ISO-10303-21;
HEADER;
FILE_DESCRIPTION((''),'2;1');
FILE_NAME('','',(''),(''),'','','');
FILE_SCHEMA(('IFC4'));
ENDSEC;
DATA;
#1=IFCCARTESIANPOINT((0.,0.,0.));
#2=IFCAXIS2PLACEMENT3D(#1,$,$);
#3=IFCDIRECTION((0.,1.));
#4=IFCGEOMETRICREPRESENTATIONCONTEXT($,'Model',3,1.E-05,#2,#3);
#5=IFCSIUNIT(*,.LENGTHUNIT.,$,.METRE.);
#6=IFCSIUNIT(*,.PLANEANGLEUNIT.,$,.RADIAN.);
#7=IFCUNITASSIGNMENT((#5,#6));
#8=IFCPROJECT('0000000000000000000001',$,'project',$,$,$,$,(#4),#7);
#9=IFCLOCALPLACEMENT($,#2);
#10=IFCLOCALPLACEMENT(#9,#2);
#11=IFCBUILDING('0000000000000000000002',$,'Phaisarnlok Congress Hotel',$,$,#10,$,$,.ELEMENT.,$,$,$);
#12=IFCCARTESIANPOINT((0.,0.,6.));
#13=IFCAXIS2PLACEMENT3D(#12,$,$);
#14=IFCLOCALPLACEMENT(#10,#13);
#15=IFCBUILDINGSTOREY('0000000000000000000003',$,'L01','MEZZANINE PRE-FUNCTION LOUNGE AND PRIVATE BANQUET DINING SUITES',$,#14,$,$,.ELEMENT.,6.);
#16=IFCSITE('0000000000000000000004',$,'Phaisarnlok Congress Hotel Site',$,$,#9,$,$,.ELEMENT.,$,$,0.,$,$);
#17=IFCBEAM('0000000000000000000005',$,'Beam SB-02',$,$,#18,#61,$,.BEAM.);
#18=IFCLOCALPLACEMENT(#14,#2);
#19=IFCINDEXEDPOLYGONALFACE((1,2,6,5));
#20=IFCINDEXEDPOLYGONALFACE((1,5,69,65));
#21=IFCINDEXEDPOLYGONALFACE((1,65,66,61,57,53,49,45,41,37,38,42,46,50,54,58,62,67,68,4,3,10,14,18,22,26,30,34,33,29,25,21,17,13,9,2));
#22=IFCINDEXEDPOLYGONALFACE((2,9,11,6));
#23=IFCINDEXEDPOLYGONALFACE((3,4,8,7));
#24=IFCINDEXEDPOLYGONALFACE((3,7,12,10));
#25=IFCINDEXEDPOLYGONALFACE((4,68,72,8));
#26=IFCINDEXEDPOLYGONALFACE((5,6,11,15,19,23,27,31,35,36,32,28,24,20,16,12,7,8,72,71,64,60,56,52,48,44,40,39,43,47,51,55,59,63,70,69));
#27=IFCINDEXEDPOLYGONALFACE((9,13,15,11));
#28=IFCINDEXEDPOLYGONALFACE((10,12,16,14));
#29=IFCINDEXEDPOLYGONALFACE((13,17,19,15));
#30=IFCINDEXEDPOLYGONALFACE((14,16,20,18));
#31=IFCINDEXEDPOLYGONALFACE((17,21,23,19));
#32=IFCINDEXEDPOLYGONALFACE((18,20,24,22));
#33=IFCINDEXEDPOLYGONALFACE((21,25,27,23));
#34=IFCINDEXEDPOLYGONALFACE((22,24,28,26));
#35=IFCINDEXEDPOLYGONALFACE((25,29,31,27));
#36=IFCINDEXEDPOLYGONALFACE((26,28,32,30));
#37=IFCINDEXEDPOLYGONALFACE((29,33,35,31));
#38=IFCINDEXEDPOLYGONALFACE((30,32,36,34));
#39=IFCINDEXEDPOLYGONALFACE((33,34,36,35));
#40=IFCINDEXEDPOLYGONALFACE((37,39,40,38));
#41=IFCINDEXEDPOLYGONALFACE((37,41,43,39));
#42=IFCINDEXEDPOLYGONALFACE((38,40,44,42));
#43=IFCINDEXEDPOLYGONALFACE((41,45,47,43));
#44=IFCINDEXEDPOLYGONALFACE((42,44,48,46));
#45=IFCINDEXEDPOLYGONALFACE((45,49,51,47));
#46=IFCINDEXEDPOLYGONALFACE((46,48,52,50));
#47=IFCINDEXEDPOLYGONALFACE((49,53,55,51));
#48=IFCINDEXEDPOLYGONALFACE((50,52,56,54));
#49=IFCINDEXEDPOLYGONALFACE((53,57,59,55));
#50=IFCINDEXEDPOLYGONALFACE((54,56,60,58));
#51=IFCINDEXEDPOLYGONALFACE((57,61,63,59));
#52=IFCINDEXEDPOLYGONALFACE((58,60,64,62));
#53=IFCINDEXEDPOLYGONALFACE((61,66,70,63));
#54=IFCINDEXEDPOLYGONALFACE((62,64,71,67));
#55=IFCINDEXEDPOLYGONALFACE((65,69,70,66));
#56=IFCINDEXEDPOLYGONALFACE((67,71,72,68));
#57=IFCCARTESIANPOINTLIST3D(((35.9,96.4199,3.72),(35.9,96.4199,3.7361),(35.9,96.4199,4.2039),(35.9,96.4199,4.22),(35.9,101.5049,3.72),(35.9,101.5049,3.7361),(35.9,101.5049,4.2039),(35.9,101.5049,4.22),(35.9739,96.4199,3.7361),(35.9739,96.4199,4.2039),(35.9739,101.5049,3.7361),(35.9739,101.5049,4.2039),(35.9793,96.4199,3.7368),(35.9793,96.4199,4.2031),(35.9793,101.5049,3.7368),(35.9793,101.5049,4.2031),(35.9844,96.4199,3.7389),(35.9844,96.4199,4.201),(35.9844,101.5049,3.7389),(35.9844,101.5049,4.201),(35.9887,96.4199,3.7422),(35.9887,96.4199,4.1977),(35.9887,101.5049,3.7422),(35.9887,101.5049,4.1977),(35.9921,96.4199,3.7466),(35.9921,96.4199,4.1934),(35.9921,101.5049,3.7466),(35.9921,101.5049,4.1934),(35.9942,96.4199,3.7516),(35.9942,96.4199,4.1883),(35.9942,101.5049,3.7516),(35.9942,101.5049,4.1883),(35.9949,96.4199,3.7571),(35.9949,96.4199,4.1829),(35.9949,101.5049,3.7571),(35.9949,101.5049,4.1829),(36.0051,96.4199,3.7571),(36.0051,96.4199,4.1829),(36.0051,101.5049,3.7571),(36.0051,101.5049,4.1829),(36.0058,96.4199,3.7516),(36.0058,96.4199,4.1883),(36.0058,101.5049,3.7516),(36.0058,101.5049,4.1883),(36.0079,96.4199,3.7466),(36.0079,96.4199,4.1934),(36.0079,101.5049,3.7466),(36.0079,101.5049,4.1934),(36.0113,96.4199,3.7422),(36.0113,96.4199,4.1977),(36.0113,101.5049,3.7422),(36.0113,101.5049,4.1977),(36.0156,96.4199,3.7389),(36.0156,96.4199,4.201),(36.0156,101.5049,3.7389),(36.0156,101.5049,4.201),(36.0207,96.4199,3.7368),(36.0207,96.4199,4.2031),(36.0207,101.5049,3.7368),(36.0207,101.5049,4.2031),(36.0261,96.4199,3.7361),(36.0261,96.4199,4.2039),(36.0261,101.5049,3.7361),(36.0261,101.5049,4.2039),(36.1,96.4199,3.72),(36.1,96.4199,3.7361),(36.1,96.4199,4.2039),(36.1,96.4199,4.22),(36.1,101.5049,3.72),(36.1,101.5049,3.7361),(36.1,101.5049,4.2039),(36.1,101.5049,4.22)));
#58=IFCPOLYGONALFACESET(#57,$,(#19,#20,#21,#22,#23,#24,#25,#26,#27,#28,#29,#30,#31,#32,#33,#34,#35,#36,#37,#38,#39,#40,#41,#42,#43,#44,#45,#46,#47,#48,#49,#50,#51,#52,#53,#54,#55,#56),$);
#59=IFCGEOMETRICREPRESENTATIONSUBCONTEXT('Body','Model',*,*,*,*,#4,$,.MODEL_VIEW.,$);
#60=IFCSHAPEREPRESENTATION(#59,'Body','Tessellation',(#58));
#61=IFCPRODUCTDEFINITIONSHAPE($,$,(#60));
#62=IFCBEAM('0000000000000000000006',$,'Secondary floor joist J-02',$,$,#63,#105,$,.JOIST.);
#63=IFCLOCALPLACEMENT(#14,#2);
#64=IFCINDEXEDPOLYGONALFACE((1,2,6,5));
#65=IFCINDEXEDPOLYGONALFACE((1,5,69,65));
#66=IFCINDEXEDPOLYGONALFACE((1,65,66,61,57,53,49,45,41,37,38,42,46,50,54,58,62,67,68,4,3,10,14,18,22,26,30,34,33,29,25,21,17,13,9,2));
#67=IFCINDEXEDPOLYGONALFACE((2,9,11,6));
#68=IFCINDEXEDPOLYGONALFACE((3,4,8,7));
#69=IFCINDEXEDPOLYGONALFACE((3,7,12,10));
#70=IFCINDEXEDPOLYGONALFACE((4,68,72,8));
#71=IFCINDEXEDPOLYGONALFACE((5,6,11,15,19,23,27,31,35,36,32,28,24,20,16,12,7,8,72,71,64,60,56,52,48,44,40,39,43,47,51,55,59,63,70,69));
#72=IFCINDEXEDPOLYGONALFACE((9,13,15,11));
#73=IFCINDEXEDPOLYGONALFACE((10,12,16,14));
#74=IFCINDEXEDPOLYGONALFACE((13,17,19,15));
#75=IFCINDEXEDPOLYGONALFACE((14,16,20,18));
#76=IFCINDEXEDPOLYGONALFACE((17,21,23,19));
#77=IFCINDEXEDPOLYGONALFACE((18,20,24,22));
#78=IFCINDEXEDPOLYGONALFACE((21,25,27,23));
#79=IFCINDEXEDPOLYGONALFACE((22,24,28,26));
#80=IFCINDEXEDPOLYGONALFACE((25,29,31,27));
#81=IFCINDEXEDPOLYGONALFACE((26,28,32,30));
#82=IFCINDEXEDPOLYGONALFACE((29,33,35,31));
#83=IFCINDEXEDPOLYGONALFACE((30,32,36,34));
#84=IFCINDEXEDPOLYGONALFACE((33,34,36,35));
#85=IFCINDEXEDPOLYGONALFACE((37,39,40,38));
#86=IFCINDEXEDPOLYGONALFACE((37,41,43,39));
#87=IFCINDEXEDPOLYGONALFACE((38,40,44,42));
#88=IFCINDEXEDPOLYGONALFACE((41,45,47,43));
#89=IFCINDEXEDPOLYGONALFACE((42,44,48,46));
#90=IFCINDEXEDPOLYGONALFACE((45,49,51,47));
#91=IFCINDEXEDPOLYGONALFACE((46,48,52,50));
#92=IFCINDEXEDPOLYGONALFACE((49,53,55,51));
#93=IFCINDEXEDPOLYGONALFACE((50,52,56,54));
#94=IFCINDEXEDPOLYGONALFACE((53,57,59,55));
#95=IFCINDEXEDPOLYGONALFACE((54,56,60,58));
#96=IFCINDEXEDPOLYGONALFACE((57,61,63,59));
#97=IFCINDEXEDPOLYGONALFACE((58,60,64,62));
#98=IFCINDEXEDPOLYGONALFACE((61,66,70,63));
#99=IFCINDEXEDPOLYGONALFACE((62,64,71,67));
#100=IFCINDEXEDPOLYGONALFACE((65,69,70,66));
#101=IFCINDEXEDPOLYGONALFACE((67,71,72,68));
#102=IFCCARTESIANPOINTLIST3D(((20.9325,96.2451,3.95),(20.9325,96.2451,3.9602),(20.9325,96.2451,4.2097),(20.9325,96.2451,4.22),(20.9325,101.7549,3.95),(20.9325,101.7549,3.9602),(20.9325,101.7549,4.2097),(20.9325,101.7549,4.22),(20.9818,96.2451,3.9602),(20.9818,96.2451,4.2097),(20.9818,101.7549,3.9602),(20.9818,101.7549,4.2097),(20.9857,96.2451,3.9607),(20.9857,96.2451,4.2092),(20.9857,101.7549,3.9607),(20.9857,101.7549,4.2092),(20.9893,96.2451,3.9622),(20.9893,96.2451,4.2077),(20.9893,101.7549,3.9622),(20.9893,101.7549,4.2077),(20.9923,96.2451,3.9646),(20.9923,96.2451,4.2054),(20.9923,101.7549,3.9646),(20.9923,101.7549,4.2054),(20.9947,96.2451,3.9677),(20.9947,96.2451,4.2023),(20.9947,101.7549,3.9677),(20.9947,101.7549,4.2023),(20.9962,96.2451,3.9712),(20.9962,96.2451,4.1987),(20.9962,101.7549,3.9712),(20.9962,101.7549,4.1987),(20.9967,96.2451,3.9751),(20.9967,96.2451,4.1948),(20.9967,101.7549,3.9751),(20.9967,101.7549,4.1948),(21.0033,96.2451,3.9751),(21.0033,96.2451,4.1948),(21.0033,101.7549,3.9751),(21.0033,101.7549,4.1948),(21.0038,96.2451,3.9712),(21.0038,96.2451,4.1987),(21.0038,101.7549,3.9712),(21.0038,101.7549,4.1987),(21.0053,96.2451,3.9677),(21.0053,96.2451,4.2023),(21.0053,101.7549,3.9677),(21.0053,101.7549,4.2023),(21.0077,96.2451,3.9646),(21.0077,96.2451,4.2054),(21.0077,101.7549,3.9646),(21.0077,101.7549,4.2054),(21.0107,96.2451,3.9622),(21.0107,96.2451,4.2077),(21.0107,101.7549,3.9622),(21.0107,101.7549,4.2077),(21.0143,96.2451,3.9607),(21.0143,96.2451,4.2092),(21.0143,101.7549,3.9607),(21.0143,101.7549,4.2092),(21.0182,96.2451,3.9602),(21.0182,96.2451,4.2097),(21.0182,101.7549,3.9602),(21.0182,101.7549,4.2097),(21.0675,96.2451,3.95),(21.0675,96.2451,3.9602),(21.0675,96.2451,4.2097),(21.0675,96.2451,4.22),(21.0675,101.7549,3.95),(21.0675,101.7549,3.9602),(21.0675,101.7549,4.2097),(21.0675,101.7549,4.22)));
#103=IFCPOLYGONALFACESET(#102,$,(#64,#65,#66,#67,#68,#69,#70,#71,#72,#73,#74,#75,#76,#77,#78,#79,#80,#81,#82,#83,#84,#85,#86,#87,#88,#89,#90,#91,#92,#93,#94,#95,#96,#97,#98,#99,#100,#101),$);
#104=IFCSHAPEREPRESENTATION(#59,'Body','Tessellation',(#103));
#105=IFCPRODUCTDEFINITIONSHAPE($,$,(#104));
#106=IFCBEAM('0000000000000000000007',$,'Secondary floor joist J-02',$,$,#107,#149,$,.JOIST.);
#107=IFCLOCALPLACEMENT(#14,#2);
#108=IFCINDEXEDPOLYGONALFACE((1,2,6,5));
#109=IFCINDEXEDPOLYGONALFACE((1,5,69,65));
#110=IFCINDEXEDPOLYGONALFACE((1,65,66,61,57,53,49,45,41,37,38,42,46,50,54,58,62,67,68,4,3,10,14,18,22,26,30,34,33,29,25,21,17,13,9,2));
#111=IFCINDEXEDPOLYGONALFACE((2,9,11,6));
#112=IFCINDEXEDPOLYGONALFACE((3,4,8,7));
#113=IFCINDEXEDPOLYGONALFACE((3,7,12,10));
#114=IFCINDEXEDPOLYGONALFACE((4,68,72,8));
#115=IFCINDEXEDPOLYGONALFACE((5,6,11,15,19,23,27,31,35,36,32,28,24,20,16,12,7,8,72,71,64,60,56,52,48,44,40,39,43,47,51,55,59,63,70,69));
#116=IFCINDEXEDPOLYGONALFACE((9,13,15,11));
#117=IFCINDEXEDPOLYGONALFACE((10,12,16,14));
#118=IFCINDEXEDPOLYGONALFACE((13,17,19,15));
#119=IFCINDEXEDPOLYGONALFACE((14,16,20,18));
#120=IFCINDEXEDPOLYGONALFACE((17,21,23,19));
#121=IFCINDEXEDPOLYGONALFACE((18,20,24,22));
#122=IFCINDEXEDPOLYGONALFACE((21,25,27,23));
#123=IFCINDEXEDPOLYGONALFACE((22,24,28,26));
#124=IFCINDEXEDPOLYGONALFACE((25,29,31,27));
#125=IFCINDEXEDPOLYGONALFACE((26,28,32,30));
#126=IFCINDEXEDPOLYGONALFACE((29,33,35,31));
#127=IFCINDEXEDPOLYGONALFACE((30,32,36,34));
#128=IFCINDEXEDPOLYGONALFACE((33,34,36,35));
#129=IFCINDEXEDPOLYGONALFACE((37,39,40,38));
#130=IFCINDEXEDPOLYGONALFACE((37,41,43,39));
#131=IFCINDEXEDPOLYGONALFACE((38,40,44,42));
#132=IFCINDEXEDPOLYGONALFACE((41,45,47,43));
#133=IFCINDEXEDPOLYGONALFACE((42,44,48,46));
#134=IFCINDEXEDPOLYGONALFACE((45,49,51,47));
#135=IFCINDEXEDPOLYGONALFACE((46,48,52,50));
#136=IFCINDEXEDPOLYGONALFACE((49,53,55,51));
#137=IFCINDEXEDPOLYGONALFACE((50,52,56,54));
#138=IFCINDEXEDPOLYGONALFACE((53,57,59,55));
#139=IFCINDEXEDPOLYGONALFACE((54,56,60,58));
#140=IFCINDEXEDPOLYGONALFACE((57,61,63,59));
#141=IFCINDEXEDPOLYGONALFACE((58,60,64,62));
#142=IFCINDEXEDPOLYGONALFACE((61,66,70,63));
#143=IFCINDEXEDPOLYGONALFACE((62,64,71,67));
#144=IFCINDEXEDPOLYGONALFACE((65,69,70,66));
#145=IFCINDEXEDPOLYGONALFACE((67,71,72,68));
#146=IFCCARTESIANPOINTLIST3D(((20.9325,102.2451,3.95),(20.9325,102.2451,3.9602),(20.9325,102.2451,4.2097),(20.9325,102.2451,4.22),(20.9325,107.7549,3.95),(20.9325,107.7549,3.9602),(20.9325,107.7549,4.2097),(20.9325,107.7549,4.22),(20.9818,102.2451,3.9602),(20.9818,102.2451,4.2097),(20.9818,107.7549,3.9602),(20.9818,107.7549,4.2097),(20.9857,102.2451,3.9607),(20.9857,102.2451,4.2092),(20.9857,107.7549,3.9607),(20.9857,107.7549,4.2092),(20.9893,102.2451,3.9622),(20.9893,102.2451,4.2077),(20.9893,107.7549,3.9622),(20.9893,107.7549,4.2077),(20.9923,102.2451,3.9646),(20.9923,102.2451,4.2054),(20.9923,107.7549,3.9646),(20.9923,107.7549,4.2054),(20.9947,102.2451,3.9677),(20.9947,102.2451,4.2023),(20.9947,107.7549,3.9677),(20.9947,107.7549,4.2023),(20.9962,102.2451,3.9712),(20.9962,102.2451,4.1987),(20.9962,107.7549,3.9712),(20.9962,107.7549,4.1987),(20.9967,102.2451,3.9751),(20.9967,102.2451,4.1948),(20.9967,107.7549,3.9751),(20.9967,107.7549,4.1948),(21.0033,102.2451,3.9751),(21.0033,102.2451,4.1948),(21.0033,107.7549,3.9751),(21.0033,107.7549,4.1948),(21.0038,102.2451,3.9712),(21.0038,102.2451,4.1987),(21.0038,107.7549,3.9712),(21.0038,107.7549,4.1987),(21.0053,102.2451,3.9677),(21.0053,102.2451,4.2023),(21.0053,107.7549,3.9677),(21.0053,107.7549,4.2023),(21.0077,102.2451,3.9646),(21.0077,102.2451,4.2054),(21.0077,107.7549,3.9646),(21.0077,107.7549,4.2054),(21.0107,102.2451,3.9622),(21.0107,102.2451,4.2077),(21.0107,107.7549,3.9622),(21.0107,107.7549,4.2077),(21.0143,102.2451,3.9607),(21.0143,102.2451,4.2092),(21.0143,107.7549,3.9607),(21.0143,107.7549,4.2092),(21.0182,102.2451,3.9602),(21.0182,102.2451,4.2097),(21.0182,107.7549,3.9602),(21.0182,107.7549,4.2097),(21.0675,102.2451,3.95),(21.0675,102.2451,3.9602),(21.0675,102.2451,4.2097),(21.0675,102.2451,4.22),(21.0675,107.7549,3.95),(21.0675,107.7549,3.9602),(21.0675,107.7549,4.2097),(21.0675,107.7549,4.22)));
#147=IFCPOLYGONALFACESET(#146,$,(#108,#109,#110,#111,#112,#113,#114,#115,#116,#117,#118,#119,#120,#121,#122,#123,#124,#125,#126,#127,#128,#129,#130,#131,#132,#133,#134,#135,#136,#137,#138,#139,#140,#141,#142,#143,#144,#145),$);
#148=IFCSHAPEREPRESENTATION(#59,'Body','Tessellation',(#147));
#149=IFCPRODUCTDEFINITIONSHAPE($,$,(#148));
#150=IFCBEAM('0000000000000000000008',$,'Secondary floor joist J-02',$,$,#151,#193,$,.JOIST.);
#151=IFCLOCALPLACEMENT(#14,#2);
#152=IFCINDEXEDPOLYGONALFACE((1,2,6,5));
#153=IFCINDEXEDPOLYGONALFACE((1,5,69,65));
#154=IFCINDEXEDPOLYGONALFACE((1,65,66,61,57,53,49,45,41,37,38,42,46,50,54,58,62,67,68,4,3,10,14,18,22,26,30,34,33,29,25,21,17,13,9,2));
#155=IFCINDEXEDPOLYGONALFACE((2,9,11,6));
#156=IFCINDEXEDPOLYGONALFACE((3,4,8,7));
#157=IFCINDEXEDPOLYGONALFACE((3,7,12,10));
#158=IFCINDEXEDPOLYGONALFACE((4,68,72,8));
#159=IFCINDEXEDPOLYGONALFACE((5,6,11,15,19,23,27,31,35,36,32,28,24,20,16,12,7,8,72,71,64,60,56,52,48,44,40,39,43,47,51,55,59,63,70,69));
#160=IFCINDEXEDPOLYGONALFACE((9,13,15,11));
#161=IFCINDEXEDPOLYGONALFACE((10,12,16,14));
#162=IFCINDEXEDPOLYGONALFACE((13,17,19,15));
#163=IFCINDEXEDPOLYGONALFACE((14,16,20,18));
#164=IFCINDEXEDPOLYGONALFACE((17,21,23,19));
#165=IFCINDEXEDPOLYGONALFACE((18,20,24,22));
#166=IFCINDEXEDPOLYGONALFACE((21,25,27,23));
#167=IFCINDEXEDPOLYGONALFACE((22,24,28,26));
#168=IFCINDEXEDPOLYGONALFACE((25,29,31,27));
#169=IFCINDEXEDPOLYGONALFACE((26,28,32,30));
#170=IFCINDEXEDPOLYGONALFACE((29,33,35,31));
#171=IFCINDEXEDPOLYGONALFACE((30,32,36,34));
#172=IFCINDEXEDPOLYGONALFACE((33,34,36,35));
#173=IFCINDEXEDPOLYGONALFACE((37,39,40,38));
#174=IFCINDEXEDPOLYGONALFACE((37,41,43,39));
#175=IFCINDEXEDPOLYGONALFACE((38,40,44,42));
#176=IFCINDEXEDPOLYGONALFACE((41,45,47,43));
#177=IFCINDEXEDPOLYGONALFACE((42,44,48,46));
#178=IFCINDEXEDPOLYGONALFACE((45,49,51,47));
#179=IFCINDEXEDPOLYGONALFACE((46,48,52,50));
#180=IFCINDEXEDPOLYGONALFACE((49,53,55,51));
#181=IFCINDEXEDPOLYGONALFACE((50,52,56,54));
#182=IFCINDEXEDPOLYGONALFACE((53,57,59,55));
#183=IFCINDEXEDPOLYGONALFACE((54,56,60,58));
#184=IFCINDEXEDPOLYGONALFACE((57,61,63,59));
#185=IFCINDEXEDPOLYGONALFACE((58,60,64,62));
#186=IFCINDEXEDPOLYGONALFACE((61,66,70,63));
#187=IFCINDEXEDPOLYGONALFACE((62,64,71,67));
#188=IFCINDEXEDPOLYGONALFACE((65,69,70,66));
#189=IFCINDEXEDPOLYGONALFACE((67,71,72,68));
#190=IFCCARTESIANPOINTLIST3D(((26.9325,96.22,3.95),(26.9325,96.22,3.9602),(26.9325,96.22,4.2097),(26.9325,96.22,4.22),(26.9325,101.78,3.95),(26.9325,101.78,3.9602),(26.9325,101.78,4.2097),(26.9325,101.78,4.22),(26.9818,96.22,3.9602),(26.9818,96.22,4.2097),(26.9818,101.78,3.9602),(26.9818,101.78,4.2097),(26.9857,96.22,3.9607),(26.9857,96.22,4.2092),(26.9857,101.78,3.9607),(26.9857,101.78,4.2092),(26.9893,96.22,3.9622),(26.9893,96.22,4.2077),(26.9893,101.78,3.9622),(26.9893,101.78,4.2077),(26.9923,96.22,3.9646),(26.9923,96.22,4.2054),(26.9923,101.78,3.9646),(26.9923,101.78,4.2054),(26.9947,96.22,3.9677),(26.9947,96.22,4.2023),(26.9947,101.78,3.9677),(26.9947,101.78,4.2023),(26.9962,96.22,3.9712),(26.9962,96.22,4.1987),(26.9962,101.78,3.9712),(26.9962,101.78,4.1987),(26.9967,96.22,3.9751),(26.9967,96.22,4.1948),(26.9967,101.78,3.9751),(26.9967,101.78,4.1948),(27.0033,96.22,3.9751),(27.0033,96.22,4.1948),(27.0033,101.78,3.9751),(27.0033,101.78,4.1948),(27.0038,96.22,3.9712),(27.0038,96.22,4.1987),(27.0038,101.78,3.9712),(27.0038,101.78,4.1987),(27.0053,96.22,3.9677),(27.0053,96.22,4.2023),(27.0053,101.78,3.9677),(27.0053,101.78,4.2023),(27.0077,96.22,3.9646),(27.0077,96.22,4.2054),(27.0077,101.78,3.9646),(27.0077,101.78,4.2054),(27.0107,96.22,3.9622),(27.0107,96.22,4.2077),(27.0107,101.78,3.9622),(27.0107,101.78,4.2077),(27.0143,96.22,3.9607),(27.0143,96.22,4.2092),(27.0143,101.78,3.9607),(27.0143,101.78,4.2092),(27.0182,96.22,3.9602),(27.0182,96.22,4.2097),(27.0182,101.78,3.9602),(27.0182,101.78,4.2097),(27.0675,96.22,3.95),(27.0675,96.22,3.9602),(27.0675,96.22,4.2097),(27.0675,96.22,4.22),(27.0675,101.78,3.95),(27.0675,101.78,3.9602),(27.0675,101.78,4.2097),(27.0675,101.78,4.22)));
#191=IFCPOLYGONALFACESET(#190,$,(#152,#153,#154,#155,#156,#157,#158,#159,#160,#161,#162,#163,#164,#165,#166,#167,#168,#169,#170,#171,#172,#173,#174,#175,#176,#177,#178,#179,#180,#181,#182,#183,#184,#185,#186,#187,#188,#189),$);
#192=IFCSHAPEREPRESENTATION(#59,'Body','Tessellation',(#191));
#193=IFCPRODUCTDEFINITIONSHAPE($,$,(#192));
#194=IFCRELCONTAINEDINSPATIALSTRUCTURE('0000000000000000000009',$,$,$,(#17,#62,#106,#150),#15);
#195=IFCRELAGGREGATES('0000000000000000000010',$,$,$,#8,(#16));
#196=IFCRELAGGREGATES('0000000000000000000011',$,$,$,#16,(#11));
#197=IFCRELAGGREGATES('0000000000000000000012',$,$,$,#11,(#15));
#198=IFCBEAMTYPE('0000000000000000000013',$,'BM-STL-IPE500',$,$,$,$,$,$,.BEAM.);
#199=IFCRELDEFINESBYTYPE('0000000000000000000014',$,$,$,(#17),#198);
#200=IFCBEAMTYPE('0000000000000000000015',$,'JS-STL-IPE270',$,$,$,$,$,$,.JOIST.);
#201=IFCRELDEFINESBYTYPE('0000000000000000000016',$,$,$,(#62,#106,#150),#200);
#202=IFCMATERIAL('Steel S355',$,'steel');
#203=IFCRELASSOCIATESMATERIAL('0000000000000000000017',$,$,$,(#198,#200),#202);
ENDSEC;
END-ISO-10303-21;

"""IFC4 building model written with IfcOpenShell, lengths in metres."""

from ifc_helpers import new_model, si_unit, direction, frame, origin, origin_2d, place, context, subcontext, project, spatial, i_section, extrude, material, material_profile, profile_set, type_object, element, save


model = new_model("IFC4")

# Units and contexts
model_context = context("Model", 3, precision=1e-05, world=origin(), true_north=direction((0.0, 1.0)))
body_context = subcontext(model_context, "Body", "Model", "MODEL_VIEW")
ifc_project = project(units=[si_unit("LENGTHUNIT", "METRE"), si_unit("PLANEANGLEUNIT", "RADIAN")], contexts=[model_context])

# Site, building, storey
site_placement = place(None, origin())
site = spatial("IfcSite", under=ifc_project, at=site_placement, Name="Phaisarnlok Congress Hotel Site", CompositionType="ELEMENT", RefElevation=0.0)
building_placement = place(site_placement, origin())
building = spatial("IfcBuilding", under=site, at=building_placement, Name="Phaisarnlok Congress Hotel", CompositionType="ELEMENT")
storey_placement = place(building_placement, frame((0.0, 0.0, 6.0)))
storey = spatial("IfcBuildingStorey", under=building, at=storey_placement, Name="L01", Description="MEZZANINE PRE-FUNCTION LOUNGE AND PRIVATE BANQUET DINING SUITES", CompositionType="ELEMENT", Elevation=6.0)

# Beams
ifc_material_1 = material(Name="Steel S355", Category="steel")
ifc_material_profile_1 = material_profile(ifc_material_1, i_section(OverallWidth=0.2, OverallDepth=0.5, WebThickness=0.0103, FlangeThickness=0.0161, FilletRadius=0.021, at=origin_2d()), Name="IPE 500")
ifc_profile_set_1 = profile_set([ifc_material_profile_1], Name="Steel S355")
beam_type_1 = type_object("IfcBeamType", Name="BM-STL-IPE500", PredefinedType="BEAM", material=ifc_profile_set_1)
beam_1_placement = place(storey_placement, frame((36.0, 96.4199, 3.97), z_axis=(0.0, 1.0, 0.0), x_axis=(-1.0, 0.0, 0.0)))
element("IfcBeam", 1, at=beam_1_placement, inside=storey, type_object=beam_type_1, Name="Beam SB-02", PredefinedType="BEAM", context=body_context, shape_type="SweptSolid", body=[
    extrude(i_section(OverallWidth=0.2, OverallDepth=0.5, WebThickness=0.0103, FlangeThickness=0.0161, FilletRadius=0.021, at=origin_2d()), origin(), (0.0, 0.0, 1.0), 5.085),
])
ifc_material_profile_2 = material_profile(ifc_material_1, i_section(OverallWidth=0.135, OverallDepth=0.27, WebThickness=0.0066, FlangeThickness=0.0103, FilletRadius=0.0149, at=origin_2d()), Name="IPE 270")
ifc_profile_set_2 = profile_set([ifc_material_profile_2], Name="Steel S355")
beam_type_2 = type_object("IfcBeamType", Name="JS-STL-IPE270", PredefinedType="JOIST", material=ifc_profile_set_2)
for number, where, z_axis, x_axis, name in (
    (2, (21.0, 96.2451, 4.085), (0.0, 1.0, 0.0), (-1.0, 0.0, 0.0), "Secondary floor joist J-02"),
    (3, (21.0, 102.2451, 4.085), (0.0, 1.0, 0.0), (-1.0, 0.0, 0.0), "Secondary floor joist J-02"),
):
    element("IfcBeam", number, at=place(storey_placement, frame(where, z_axis=z_axis, x_axis=x_axis)), inside=storey, type_object=beam_type_2, Name=name, PredefinedType="JOIST", context=body_context, shape_type="SweptSolid", body=[
        extrude(i_section(OverallWidth=0.135, OverallDepth=0.27, WebThickness=0.0066, FlangeThickness=0.0103, FilletRadius=0.0149, at=origin_2d()), origin(), (0.0, 0.0, 1.0), 5.5098),
    ])
for number, where, z_axis, x_axis, name in (
    (4, (27.0, 96.22, 4.085), (0.0, 1.0, 0.0), (-1.0, 0.0, 0.0), "Secondary floor joist J-02"),
):
    element("IfcBeam", number, at=place(storey_placement, frame(where, z_axis=z_axis, x_axis=x_axis)), inside=storey, type_object=beam_type_2, Name=name, PredefinedType="JOIST", context=body_context, shape_type="SweptSolid", body=[
        extrude(i_section(OverallWidth=0.135, OverallDepth=0.27, WebThickness=0.0066, FlangeThickness=0.0103, FilletRadius=0.0149, at=origin_2d()), origin(), (0.0, 0.0, 1.0), 5.5601),
    ])

save(model, "model.ifc")
